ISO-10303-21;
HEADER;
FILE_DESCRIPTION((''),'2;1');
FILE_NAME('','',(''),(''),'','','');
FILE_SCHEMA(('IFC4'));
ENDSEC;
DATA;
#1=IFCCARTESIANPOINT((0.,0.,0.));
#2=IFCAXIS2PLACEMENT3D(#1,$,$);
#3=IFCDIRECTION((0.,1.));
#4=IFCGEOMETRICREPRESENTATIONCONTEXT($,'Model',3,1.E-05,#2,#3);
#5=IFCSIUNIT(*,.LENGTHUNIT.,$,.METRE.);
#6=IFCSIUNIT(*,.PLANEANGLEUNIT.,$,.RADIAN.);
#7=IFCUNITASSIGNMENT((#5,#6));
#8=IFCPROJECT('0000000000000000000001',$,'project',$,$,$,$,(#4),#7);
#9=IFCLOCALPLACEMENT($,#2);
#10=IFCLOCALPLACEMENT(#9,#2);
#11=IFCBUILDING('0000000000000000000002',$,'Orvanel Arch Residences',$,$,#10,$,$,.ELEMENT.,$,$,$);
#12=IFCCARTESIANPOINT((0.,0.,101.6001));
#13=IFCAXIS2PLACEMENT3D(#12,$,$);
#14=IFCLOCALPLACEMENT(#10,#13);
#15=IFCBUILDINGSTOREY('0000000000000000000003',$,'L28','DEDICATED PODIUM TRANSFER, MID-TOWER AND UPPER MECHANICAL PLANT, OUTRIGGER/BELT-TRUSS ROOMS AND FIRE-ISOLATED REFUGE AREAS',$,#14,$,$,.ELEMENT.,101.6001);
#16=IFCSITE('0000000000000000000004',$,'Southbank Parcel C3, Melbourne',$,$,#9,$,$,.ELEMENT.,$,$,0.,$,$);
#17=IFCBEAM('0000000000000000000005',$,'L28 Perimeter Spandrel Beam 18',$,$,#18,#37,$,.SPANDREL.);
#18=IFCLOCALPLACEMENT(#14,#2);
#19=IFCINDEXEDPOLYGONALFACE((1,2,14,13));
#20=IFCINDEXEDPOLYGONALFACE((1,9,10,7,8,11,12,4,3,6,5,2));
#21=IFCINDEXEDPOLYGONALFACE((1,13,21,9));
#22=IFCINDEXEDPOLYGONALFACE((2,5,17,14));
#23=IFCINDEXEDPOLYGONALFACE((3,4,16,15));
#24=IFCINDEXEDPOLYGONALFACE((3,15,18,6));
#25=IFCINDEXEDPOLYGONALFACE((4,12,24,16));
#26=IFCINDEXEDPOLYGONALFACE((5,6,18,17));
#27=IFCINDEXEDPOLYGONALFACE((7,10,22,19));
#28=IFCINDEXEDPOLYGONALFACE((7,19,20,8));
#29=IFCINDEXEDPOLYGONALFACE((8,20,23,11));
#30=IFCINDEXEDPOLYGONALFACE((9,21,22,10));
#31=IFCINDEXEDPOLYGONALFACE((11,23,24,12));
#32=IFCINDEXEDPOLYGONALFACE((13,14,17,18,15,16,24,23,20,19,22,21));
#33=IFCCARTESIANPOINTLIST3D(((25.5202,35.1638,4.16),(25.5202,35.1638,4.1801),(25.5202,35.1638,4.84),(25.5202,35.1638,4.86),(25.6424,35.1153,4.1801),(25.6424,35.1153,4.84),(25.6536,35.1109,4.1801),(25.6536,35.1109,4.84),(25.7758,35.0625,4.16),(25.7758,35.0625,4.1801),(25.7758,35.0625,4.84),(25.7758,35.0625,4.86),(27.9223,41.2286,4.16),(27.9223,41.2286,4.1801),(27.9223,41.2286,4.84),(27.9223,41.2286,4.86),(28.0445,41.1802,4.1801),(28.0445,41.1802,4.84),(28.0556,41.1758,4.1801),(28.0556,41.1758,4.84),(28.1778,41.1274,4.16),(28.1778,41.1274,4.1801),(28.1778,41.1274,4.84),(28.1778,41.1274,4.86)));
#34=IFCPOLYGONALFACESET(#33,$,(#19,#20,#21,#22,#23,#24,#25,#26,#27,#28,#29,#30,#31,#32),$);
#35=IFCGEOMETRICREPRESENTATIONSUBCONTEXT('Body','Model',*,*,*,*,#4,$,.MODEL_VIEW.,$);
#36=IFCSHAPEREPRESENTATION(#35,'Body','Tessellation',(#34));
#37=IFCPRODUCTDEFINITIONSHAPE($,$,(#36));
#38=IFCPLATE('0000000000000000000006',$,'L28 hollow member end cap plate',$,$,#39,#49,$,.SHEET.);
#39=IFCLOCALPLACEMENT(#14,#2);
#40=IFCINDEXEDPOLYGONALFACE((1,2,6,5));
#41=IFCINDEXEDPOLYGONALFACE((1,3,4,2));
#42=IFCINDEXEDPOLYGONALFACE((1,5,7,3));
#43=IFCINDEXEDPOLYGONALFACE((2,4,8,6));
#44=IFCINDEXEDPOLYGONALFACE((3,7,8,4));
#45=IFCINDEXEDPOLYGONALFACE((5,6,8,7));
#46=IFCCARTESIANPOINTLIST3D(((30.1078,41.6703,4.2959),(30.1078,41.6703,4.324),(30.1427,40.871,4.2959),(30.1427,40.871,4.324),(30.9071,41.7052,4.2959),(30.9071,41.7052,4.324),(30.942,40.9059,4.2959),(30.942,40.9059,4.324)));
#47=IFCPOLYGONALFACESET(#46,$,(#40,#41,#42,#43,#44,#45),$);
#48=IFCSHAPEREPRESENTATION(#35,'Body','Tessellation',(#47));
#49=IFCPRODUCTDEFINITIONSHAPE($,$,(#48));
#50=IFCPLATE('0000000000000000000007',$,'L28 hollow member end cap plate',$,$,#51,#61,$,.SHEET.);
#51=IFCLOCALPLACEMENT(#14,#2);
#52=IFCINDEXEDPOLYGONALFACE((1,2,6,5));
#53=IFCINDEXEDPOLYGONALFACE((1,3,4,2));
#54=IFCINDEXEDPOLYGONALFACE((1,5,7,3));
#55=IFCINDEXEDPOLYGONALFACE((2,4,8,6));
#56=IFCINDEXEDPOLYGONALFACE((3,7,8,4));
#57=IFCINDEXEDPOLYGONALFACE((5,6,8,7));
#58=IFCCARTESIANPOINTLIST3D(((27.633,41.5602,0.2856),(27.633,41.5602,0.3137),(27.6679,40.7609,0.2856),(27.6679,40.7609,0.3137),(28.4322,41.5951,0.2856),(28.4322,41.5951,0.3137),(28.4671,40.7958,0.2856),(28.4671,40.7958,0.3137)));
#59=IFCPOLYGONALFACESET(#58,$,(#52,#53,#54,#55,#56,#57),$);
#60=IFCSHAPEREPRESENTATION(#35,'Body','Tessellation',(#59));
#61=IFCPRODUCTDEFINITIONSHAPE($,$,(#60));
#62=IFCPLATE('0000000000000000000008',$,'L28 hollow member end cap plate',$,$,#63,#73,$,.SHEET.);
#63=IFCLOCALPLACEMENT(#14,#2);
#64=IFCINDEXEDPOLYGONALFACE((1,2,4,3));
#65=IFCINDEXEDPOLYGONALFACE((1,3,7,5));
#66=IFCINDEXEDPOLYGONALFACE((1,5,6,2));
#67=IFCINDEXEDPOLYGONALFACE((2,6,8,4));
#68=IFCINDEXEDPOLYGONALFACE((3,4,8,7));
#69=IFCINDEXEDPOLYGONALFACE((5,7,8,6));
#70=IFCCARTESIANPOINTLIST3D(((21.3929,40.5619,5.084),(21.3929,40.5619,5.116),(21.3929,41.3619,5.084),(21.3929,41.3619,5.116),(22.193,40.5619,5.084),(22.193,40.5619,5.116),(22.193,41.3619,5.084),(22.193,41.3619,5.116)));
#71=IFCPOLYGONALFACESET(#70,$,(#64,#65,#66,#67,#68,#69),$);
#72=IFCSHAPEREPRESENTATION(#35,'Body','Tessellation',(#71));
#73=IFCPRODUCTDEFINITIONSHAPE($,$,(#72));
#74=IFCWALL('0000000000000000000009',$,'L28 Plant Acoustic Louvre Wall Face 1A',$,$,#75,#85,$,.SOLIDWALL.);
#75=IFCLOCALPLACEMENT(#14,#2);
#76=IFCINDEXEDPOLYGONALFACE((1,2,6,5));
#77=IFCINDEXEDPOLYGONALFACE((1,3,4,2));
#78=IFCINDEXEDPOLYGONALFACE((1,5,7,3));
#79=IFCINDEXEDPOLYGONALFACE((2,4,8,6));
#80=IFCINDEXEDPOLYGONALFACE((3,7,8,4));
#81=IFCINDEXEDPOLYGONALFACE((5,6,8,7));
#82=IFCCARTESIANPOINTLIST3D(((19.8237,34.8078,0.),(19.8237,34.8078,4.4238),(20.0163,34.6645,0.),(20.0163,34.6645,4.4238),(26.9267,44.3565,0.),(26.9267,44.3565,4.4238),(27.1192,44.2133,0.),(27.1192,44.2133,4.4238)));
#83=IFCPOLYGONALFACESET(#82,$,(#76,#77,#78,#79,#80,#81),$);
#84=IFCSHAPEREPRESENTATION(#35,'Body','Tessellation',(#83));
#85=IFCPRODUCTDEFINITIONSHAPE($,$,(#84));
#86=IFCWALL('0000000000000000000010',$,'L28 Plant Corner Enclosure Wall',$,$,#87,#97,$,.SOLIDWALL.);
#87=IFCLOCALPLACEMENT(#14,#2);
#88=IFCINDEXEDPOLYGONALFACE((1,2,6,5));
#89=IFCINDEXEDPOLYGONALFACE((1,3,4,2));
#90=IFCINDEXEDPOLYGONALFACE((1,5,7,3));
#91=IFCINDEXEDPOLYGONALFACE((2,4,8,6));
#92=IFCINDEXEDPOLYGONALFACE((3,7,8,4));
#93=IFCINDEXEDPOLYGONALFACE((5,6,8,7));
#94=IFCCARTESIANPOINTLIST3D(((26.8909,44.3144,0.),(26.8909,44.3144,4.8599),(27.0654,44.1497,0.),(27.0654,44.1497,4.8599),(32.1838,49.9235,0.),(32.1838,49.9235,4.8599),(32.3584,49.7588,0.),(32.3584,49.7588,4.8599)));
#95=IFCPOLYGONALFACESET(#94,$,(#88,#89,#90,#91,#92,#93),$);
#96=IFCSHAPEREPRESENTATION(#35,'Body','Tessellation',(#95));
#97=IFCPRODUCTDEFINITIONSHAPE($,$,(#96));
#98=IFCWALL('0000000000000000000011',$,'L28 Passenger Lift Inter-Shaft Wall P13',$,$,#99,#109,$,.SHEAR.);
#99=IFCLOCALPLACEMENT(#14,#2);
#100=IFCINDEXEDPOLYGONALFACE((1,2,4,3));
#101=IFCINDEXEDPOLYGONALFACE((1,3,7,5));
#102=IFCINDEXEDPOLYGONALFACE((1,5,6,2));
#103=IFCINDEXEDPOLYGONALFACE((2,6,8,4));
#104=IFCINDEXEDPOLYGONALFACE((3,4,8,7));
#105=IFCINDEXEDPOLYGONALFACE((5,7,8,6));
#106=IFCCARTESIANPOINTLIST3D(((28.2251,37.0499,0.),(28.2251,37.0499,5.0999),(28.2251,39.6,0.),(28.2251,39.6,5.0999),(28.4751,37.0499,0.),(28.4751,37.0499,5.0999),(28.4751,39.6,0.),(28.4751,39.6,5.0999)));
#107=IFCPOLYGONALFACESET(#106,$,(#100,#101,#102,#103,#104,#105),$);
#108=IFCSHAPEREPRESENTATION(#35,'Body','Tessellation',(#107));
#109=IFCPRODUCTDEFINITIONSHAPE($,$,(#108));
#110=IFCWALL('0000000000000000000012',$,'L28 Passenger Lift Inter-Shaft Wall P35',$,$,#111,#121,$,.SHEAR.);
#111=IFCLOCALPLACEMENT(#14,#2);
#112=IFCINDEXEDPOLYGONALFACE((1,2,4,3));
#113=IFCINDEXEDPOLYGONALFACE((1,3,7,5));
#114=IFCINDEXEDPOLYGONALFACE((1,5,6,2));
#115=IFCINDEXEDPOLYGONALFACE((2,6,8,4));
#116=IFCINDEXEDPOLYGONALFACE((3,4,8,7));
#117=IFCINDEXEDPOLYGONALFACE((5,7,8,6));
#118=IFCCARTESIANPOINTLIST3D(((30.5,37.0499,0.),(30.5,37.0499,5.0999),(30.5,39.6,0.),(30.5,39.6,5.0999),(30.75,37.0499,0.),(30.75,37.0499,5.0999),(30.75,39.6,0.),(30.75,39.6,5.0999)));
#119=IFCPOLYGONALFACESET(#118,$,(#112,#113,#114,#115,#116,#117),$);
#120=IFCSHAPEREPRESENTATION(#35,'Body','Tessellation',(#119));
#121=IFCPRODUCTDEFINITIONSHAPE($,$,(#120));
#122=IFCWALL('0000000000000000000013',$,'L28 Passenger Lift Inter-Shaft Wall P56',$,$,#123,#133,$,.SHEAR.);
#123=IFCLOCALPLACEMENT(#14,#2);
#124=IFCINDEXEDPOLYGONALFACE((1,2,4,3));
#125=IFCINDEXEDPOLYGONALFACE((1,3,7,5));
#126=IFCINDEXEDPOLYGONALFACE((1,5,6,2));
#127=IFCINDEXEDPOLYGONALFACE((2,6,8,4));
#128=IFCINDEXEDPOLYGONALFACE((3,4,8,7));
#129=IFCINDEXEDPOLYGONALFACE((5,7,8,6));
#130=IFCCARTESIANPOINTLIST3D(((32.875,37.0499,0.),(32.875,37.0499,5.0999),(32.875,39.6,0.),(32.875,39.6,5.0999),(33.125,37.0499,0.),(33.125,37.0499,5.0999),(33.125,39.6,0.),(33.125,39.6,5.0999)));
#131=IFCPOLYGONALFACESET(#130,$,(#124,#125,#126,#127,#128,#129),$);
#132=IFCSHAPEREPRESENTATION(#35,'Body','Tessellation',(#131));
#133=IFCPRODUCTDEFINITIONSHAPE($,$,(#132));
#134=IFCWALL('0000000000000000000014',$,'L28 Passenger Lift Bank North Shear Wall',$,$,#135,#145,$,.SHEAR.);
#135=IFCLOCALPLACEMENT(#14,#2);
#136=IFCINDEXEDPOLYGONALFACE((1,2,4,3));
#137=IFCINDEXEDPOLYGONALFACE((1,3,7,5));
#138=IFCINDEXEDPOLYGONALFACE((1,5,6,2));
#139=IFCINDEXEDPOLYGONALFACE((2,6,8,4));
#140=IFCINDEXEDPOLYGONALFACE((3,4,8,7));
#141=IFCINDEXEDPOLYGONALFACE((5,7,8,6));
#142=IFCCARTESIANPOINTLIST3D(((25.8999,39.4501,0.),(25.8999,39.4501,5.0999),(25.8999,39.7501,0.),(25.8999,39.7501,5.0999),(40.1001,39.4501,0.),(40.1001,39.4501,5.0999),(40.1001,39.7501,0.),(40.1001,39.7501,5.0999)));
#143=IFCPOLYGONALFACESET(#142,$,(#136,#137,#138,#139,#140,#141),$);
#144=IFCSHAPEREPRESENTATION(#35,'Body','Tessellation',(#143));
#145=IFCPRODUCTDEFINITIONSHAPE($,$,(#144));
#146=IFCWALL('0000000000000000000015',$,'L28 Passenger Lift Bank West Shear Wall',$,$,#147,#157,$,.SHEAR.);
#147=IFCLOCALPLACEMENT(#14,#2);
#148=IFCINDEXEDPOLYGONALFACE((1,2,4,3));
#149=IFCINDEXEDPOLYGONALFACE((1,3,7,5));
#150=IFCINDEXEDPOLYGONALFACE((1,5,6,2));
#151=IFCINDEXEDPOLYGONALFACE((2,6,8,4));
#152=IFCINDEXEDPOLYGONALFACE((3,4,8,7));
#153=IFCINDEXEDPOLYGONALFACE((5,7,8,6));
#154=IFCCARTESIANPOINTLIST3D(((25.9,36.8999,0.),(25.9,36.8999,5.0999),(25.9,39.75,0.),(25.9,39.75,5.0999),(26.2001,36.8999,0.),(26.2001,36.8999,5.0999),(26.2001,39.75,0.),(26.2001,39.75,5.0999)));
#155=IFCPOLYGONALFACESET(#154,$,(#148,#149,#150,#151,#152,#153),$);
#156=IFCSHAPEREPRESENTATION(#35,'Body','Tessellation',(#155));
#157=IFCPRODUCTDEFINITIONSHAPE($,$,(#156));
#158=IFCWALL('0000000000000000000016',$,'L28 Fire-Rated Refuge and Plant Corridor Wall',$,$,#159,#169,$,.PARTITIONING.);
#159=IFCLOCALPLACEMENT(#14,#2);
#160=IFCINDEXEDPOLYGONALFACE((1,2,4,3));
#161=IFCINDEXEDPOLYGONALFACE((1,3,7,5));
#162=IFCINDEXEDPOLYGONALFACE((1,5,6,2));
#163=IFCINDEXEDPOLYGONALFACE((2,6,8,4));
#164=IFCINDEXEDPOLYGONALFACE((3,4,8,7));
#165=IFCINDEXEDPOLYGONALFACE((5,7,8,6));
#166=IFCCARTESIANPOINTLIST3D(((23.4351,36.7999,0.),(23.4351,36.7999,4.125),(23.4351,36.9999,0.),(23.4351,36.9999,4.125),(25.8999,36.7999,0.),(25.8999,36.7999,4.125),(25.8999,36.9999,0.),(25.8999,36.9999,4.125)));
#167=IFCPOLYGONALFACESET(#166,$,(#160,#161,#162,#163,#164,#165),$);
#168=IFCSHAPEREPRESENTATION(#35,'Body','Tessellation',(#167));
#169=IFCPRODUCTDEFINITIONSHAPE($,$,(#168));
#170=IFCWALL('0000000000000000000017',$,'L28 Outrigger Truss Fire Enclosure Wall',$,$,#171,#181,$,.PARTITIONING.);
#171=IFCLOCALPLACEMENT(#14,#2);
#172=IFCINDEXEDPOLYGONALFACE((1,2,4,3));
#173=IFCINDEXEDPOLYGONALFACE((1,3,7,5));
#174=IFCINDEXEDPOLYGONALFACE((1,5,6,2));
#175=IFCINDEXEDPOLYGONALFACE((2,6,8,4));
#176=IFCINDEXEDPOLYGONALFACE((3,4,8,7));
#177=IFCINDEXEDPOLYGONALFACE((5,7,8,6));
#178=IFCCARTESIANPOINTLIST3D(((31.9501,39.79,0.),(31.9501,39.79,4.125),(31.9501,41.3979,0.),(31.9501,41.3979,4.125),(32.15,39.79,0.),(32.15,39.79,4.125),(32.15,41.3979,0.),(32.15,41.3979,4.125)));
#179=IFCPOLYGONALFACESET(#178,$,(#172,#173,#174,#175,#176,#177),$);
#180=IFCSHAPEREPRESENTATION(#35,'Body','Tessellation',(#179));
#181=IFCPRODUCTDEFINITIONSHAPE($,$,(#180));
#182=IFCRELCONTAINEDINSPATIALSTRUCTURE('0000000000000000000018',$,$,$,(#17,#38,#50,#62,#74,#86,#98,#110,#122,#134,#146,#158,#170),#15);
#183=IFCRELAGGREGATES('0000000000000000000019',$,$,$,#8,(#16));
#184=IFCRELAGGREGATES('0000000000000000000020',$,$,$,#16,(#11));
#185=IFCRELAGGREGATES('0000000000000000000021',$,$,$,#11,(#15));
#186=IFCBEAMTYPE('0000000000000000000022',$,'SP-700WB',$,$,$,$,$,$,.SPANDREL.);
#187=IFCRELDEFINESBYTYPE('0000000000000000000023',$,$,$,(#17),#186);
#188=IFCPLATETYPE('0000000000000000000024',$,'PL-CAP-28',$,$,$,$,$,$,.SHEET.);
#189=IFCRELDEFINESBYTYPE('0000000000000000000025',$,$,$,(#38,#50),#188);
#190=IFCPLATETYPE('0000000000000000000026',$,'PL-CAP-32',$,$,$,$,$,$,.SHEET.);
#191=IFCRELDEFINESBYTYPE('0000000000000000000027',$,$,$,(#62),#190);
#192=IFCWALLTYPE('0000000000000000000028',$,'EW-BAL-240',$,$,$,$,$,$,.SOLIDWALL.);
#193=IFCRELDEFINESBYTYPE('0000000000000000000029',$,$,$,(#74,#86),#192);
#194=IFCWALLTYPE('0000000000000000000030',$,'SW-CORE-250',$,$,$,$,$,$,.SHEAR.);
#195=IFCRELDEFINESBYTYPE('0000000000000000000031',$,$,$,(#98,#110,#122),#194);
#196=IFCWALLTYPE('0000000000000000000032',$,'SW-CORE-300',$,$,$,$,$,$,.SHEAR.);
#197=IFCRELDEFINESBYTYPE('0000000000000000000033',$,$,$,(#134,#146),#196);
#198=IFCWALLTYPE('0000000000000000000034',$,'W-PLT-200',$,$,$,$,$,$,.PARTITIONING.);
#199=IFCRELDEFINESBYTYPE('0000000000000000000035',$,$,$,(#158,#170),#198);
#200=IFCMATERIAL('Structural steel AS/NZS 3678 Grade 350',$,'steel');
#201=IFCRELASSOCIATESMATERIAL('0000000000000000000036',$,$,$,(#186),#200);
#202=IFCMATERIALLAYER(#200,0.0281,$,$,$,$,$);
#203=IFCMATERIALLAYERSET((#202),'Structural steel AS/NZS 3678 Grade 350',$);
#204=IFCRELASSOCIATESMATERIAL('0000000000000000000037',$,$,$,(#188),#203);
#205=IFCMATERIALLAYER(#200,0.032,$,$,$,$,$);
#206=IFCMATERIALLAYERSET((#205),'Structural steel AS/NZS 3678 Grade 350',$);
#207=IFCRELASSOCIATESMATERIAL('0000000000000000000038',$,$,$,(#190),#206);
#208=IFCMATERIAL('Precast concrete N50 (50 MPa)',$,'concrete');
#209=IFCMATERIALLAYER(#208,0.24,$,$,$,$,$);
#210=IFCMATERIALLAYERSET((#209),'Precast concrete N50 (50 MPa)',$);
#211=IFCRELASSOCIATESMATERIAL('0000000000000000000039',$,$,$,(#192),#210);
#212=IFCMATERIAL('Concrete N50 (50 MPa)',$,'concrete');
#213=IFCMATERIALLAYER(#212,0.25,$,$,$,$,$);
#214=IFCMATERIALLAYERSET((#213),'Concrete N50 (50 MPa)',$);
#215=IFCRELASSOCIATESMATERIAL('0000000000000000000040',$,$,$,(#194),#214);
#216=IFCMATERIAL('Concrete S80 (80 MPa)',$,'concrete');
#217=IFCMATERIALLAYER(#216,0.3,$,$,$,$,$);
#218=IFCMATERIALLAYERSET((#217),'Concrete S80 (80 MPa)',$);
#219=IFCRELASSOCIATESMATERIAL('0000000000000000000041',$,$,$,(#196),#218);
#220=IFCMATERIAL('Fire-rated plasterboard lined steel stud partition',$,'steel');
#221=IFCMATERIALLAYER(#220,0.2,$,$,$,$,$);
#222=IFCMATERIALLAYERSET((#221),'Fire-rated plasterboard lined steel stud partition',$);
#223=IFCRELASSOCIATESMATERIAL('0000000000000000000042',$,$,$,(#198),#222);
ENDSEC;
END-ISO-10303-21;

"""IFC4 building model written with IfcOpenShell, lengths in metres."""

from ifc_helpers import new_model, si_unit, direction, frame, frame_2d, origin, origin_2d, place, context, subcontext, project, spatial, rectangle, i_section, extrude, material, layer, layer_set, material_profile, profile_set, type_object, element, save


model = new_model("IFC4")

# Units and contexts
model_context = context("Model", 3, precision=1e-05, world=origin(), true_north=direction((0.0, 1.0)))
body_context = subcontext(model_context, "Body", "Model", "MODEL_VIEW")
ifc_project = project(units=[si_unit("LENGTHUNIT", "METRE"), si_unit("PLANEANGLEUNIT", "RADIAN")], contexts=[model_context])

# Site, building, storey
site_placement = place(None, origin())
site = spatial("IfcSite", under=ifc_project, at=site_placement, Name="Southbank Parcel C3, Melbourne", CompositionType="ELEMENT", RefElevation=0.0)
building_placement = place(site_placement, origin())
building = spatial("IfcBuilding", under=site, at=building_placement, Name="Orvanel Arch Residences", CompositionType="ELEMENT")
storey_placement = place(building_placement, frame((0.0, 0.0, 101.6001)))
storey = spatial("IfcBuildingStorey", under=building, at=storey_placement, Name="L28", Description="DEDICATED PODIUM TRANSFER, MID-TOWER AND UPPER MECHANICAL PLANT, OUTRIGGER/BELT-TRUSS ROOMS AND FIRE-ISOLATED REFUGE AREAS", CompositionType="ELEMENT", Elevation=101.6001)

# Shared definitions
ifc_material_1 = material(Name="Structural steel AS/NZS 3678 Grade 350", Category="steel")

# Beam
ifc_material_profile_1 = material_profile(ifc_material_1, i_section(OverallWidth=0.2749, OverallDepth=0.7, WebThickness=0.012, FlangeThickness=0.02, at=origin_2d()), Name="700WB150")
ifc_profile_set_1 = profile_set([ifc_material_profile_1], Name="Structural steel AS/NZS 3678 Grade 350")
beam_type_1 = type_object("IfcBeamType", Name="SP-700WB", PredefinedType="SPANDREL", material=ifc_profile_set_1)
beam_1_placement = place(storey_placement, frame((28.05, 41.178, 4.51), z_axis=(-0.368233, -0.929733, 0.0), x_axis=(0.929733, -0.368233, 0.0)))
element("IfcBeam", 1, at=beam_1_placement, inside=storey, type_object=beam_type_1, Name="L28 Perimeter Spandrel Beam 18", PredefinedType="SPANDREL", context=body_context, shape_type="SweptSolid", body=[
    extrude(i_section(OverallWidth=0.2749, OverallDepth=0.7, WebThickness=0.012, FlangeThickness=0.02, at=origin_2d()), origin(), (0.0, 0.0, 1.0), 6.5232),
])

# Plates
ifc_layer_1 = layer(ifc_material_1, 0.0281)
ifc_layer_set_1 = layer_set([ifc_layer_1], Name="Structural steel AS/NZS 3678 Grade 350")
plate_type_1 = type_object("IfcPlateType", Name="PL-CAP-28", PredefinedType="SHEET", material=ifc_layer_set_1)
for number, where, z_axis, x_axis, name in (
    (2, (30.5249, 41.2881, 4.2959), (0.0, 0.0, 1.0), (0.999048, 0.043619, 0.0), "L28 hollow member end cap plate"),
    (3, (28.05, 41.178, 0.2856), (0.0, 0.0, 1.0), (0.999048, 0.043619, 0.0), "L28 hollow member end cap plate"),
):
    element("IfcPlate", number, at=place(storey_placement, frame(where, z_axis=z_axis, x_axis=x_axis)), inside=storey, type_object=plate_type_1, Name=name, PredefinedType="SHEET", context=body_context, shape_type="SweptSolid", body=[
        extrude(rectangle(XDim=0.8, YDim=0.8, at=origin_2d()), origin(), (0.0, 0.0, 1.0), 0.0281),
    ])
ifc_layer_2 = layer(ifc_material_1, 0.032)
ifc_layer_set_2 = layer_set([ifc_layer_2], Name="Structural steel AS/NZS 3678 Grade 350")
plate_type_2 = type_object("IfcPlateType", Name="PL-CAP-32", PredefinedType="SHEET", material=ifc_layer_set_2)
plate_placement = place(storey_placement, frame((21.793, 40.9619, 5.084), z_axis=(0.0, 0.0, 1.0), x_axis=(1.0, 0.0, 0.0)))
element("IfcPlate", 4, at=plate_placement, inside=storey, type_object=plate_type_2, Name="L28 hollow member end cap plate", PredefinedType="SHEET", context=body_context, shape_type="SweptSolid", body=[
    extrude(rectangle(XDim=0.8, YDim=0.8, at=origin_2d()), origin(), (0.0, 0.0, 1.0), 0.032),
])

# Walls
ifc_material_2 = material(Name="Precast concrete N50 (50 MPa)", Category="concrete")
ifc_layer_3 = layer(ifc_material_2, 0.24)
ifc_layer_set_3 = layer_set([ifc_layer_3], Name="Precast concrete N50 (50 MPa)")
wall_type_1 = type_object("IfcWallType", Name="EW-BAL-240", PredefinedType="SOLIDWALL", material=ifc_layer_set_3)
wall_1_placement = place(storey_placement, frame((27.0229, 44.2849, 0.0), z_axis=(0.0, 0.0, 1.0), x_axis=(-0.596844, -0.802357, 0.0)))
element("IfcWall", 5, at=wall_1_placement, inside=storey, type_object=wall_type_1, Name="L28 Plant Acoustic Louvre Wall Face 1A", PredefinedType="SOLIDWALL", context=body_context, shape_type="SweptSolid", body=[
    extrude(rectangle(XDim=11.9009, YDim=0.24, at=frame_2d((5.9504, 0.0))), origin(), (0.0, 0.0, 1.0), 4.4238),
])
wall_2_placement = place(storey_placement, frame((32.271, 49.8411, 0.0), z_axis=(0.0, 0.0, 1.0), x_axis=(-0.686312, -0.727307, 0.0)))
element("IfcWall", 6, at=wall_2_placement, inside=storey, type_object=wall_type_1, Name="L28 Plant Corner Enclosure Wall", PredefinedType="SOLIDWALL", context=body_context, shape_type="SweptSolid", body=[
    extrude(rectangle(XDim=7.7122, YDim=0.24, at=frame_2d((3.856, 0.0))), origin(), (0.0, 0.0, 1.0), 4.8599),
])
ifc_material_3 = material(Name="Concrete N50 (50 MPa)", Category="concrete")
ifc_layer_4 = layer(ifc_material_3, 0.25)
ifc_layer_set_4 = layer_set([ifc_layer_4], Name="Concrete N50 (50 MPa)")
wall_type_2 = type_object("IfcWallType", Name="SW-CORE-250", PredefinedType="SHEAR", material=ifc_layer_set_4)
for number, where, z_axis, x_axis, name in (
    (7, (28.3501, 37.05, 0.0), (0.0, 0.0, 1.0), (0.0, 1.0, 0.0), "L28 Passenger Lift Inter-Shaft Wall P13"),
    (8, (30.625, 37.05, 0.0), (0.0, 0.0, 1.0), (0.0, 1.0, 0.0), "L28 Passenger Lift Inter-Shaft Wall P35"),
    (9, (33.0, 37.05, 0.0), (0.0, 0.0, 1.0), (0.0, 1.0, 0.0), "L28 Passenger Lift Inter-Shaft Wall P56"),
):
    element("IfcWall", number, at=place(storey_placement, frame(where, z_axis=z_axis, x_axis=x_axis)), inside=storey, type_object=wall_type_2, Name=name, PredefinedType="SHEAR", context=body_context, shape_type="SweptSolid", body=[
        extrude(rectangle(XDim=2.55, YDim=0.25, at=frame_2d((1.2749, 0.0))), origin(), (0.0, 0.0, 1.0), 5.0999),
    ])
ifc_material_4 = material(Name="Concrete S80 (80 MPa)", Category="concrete")
ifc_layer_5 = layer(ifc_material_4, 0.3)
ifc_layer_set_5 = layer_set([ifc_layer_5], Name="Concrete S80 (80 MPa)")
wall_type_3 = type_object("IfcWallType", Name="SW-CORE-300", PredefinedType="SHEAR", material=ifc_layer_set_5)
wall_3_placement = place(storey_placement, frame((25.8999, 39.6001, 0.0), z_axis=(0.0, 0.0, 1.0), x_axis=(1.0, 0.0, 0.0)))
element("IfcWall", 10, at=wall_3_placement, inside=storey, type_object=wall_type_3, Name="L28 Passenger Lift Bank North Shear Wall", PredefinedType="SHEAR", context=body_context, shape_type="SweptSolid", body=[
    extrude(rectangle(XDim=14.2002, YDim=0.3, at=frame_2d((7.1001, 0.0))), origin(), (0.0, 0.0, 1.0), 5.0999),
])
wall_4_placement = place(storey_placement, frame((26.05, 36.8999, 0.0), z_axis=(0.0, 0.0, 1.0), x_axis=(0.0, 1.0, 0.0)))
element("IfcWall", 11, at=wall_4_placement, inside=storey, type_object=wall_type_3, Name="L28 Passenger Lift Bank West Shear Wall", PredefinedType="SHEAR", context=body_context, shape_type="SweptSolid", body=[
    extrude(rectangle(XDim=2.8501, YDim=0.3, at=frame_2d((1.425, 0.0))), origin(), (0.0, 0.0, 1.0), 5.0999),
])
ifc_material_5 = material(Name="Fire-rated plasterboard lined steel stud partition", Category="steel")
ifc_layer_6 = layer(ifc_material_5, 0.2)
ifc_layer_set_6 = layer_set([ifc_layer_6], Name="Fire-rated plasterboard lined steel stud partition")
wall_type_4 = type_object("IfcWallType", Name="W-PLT-200", PredefinedType="PARTITIONING", material=ifc_layer_set_6)
wall_5_placement = place(storey_placement, frame((23.4351, 36.8999, 0.0), z_axis=(0.0, 0.0, 1.0), x_axis=(1.0, 0.0, 0.0)))
element("IfcWall", 12, at=wall_5_placement, inside=storey, type_object=wall_type_4, Name="L28 Fire-Rated Refuge and Plant Corridor Wall", PredefinedType="PARTITIONING", context=body_context, shape_type="SweptSolid", body=[
    extrude(rectangle(XDim=2.4648, YDim=0.2, at=frame_2d((1.2324, 0.0))), origin(), (0.0, 0.0, 1.0), 4.125),
])
wall_6_placement = place(storey_placement, frame((32.05, 39.79, 0.0), z_axis=(0.0, 0.0, 1.0), x_axis=(0.0, 1.0, 0.0)))
element("IfcWall", 13, at=wall_6_placement, inside=storey, type_object=wall_type_4, Name="L28 Outrigger Truss Fire Enclosure Wall", PredefinedType="PARTITIONING", context=body_context, shape_type="SweptSolid", body=[
    extrude(rectangle(XDim=1.6079, YDim=0.2, at=frame_2d((0.804, 0.0))), origin(), (0.0, 0.0, 1.0), 4.125),
])

save(model, "model.ifc")
